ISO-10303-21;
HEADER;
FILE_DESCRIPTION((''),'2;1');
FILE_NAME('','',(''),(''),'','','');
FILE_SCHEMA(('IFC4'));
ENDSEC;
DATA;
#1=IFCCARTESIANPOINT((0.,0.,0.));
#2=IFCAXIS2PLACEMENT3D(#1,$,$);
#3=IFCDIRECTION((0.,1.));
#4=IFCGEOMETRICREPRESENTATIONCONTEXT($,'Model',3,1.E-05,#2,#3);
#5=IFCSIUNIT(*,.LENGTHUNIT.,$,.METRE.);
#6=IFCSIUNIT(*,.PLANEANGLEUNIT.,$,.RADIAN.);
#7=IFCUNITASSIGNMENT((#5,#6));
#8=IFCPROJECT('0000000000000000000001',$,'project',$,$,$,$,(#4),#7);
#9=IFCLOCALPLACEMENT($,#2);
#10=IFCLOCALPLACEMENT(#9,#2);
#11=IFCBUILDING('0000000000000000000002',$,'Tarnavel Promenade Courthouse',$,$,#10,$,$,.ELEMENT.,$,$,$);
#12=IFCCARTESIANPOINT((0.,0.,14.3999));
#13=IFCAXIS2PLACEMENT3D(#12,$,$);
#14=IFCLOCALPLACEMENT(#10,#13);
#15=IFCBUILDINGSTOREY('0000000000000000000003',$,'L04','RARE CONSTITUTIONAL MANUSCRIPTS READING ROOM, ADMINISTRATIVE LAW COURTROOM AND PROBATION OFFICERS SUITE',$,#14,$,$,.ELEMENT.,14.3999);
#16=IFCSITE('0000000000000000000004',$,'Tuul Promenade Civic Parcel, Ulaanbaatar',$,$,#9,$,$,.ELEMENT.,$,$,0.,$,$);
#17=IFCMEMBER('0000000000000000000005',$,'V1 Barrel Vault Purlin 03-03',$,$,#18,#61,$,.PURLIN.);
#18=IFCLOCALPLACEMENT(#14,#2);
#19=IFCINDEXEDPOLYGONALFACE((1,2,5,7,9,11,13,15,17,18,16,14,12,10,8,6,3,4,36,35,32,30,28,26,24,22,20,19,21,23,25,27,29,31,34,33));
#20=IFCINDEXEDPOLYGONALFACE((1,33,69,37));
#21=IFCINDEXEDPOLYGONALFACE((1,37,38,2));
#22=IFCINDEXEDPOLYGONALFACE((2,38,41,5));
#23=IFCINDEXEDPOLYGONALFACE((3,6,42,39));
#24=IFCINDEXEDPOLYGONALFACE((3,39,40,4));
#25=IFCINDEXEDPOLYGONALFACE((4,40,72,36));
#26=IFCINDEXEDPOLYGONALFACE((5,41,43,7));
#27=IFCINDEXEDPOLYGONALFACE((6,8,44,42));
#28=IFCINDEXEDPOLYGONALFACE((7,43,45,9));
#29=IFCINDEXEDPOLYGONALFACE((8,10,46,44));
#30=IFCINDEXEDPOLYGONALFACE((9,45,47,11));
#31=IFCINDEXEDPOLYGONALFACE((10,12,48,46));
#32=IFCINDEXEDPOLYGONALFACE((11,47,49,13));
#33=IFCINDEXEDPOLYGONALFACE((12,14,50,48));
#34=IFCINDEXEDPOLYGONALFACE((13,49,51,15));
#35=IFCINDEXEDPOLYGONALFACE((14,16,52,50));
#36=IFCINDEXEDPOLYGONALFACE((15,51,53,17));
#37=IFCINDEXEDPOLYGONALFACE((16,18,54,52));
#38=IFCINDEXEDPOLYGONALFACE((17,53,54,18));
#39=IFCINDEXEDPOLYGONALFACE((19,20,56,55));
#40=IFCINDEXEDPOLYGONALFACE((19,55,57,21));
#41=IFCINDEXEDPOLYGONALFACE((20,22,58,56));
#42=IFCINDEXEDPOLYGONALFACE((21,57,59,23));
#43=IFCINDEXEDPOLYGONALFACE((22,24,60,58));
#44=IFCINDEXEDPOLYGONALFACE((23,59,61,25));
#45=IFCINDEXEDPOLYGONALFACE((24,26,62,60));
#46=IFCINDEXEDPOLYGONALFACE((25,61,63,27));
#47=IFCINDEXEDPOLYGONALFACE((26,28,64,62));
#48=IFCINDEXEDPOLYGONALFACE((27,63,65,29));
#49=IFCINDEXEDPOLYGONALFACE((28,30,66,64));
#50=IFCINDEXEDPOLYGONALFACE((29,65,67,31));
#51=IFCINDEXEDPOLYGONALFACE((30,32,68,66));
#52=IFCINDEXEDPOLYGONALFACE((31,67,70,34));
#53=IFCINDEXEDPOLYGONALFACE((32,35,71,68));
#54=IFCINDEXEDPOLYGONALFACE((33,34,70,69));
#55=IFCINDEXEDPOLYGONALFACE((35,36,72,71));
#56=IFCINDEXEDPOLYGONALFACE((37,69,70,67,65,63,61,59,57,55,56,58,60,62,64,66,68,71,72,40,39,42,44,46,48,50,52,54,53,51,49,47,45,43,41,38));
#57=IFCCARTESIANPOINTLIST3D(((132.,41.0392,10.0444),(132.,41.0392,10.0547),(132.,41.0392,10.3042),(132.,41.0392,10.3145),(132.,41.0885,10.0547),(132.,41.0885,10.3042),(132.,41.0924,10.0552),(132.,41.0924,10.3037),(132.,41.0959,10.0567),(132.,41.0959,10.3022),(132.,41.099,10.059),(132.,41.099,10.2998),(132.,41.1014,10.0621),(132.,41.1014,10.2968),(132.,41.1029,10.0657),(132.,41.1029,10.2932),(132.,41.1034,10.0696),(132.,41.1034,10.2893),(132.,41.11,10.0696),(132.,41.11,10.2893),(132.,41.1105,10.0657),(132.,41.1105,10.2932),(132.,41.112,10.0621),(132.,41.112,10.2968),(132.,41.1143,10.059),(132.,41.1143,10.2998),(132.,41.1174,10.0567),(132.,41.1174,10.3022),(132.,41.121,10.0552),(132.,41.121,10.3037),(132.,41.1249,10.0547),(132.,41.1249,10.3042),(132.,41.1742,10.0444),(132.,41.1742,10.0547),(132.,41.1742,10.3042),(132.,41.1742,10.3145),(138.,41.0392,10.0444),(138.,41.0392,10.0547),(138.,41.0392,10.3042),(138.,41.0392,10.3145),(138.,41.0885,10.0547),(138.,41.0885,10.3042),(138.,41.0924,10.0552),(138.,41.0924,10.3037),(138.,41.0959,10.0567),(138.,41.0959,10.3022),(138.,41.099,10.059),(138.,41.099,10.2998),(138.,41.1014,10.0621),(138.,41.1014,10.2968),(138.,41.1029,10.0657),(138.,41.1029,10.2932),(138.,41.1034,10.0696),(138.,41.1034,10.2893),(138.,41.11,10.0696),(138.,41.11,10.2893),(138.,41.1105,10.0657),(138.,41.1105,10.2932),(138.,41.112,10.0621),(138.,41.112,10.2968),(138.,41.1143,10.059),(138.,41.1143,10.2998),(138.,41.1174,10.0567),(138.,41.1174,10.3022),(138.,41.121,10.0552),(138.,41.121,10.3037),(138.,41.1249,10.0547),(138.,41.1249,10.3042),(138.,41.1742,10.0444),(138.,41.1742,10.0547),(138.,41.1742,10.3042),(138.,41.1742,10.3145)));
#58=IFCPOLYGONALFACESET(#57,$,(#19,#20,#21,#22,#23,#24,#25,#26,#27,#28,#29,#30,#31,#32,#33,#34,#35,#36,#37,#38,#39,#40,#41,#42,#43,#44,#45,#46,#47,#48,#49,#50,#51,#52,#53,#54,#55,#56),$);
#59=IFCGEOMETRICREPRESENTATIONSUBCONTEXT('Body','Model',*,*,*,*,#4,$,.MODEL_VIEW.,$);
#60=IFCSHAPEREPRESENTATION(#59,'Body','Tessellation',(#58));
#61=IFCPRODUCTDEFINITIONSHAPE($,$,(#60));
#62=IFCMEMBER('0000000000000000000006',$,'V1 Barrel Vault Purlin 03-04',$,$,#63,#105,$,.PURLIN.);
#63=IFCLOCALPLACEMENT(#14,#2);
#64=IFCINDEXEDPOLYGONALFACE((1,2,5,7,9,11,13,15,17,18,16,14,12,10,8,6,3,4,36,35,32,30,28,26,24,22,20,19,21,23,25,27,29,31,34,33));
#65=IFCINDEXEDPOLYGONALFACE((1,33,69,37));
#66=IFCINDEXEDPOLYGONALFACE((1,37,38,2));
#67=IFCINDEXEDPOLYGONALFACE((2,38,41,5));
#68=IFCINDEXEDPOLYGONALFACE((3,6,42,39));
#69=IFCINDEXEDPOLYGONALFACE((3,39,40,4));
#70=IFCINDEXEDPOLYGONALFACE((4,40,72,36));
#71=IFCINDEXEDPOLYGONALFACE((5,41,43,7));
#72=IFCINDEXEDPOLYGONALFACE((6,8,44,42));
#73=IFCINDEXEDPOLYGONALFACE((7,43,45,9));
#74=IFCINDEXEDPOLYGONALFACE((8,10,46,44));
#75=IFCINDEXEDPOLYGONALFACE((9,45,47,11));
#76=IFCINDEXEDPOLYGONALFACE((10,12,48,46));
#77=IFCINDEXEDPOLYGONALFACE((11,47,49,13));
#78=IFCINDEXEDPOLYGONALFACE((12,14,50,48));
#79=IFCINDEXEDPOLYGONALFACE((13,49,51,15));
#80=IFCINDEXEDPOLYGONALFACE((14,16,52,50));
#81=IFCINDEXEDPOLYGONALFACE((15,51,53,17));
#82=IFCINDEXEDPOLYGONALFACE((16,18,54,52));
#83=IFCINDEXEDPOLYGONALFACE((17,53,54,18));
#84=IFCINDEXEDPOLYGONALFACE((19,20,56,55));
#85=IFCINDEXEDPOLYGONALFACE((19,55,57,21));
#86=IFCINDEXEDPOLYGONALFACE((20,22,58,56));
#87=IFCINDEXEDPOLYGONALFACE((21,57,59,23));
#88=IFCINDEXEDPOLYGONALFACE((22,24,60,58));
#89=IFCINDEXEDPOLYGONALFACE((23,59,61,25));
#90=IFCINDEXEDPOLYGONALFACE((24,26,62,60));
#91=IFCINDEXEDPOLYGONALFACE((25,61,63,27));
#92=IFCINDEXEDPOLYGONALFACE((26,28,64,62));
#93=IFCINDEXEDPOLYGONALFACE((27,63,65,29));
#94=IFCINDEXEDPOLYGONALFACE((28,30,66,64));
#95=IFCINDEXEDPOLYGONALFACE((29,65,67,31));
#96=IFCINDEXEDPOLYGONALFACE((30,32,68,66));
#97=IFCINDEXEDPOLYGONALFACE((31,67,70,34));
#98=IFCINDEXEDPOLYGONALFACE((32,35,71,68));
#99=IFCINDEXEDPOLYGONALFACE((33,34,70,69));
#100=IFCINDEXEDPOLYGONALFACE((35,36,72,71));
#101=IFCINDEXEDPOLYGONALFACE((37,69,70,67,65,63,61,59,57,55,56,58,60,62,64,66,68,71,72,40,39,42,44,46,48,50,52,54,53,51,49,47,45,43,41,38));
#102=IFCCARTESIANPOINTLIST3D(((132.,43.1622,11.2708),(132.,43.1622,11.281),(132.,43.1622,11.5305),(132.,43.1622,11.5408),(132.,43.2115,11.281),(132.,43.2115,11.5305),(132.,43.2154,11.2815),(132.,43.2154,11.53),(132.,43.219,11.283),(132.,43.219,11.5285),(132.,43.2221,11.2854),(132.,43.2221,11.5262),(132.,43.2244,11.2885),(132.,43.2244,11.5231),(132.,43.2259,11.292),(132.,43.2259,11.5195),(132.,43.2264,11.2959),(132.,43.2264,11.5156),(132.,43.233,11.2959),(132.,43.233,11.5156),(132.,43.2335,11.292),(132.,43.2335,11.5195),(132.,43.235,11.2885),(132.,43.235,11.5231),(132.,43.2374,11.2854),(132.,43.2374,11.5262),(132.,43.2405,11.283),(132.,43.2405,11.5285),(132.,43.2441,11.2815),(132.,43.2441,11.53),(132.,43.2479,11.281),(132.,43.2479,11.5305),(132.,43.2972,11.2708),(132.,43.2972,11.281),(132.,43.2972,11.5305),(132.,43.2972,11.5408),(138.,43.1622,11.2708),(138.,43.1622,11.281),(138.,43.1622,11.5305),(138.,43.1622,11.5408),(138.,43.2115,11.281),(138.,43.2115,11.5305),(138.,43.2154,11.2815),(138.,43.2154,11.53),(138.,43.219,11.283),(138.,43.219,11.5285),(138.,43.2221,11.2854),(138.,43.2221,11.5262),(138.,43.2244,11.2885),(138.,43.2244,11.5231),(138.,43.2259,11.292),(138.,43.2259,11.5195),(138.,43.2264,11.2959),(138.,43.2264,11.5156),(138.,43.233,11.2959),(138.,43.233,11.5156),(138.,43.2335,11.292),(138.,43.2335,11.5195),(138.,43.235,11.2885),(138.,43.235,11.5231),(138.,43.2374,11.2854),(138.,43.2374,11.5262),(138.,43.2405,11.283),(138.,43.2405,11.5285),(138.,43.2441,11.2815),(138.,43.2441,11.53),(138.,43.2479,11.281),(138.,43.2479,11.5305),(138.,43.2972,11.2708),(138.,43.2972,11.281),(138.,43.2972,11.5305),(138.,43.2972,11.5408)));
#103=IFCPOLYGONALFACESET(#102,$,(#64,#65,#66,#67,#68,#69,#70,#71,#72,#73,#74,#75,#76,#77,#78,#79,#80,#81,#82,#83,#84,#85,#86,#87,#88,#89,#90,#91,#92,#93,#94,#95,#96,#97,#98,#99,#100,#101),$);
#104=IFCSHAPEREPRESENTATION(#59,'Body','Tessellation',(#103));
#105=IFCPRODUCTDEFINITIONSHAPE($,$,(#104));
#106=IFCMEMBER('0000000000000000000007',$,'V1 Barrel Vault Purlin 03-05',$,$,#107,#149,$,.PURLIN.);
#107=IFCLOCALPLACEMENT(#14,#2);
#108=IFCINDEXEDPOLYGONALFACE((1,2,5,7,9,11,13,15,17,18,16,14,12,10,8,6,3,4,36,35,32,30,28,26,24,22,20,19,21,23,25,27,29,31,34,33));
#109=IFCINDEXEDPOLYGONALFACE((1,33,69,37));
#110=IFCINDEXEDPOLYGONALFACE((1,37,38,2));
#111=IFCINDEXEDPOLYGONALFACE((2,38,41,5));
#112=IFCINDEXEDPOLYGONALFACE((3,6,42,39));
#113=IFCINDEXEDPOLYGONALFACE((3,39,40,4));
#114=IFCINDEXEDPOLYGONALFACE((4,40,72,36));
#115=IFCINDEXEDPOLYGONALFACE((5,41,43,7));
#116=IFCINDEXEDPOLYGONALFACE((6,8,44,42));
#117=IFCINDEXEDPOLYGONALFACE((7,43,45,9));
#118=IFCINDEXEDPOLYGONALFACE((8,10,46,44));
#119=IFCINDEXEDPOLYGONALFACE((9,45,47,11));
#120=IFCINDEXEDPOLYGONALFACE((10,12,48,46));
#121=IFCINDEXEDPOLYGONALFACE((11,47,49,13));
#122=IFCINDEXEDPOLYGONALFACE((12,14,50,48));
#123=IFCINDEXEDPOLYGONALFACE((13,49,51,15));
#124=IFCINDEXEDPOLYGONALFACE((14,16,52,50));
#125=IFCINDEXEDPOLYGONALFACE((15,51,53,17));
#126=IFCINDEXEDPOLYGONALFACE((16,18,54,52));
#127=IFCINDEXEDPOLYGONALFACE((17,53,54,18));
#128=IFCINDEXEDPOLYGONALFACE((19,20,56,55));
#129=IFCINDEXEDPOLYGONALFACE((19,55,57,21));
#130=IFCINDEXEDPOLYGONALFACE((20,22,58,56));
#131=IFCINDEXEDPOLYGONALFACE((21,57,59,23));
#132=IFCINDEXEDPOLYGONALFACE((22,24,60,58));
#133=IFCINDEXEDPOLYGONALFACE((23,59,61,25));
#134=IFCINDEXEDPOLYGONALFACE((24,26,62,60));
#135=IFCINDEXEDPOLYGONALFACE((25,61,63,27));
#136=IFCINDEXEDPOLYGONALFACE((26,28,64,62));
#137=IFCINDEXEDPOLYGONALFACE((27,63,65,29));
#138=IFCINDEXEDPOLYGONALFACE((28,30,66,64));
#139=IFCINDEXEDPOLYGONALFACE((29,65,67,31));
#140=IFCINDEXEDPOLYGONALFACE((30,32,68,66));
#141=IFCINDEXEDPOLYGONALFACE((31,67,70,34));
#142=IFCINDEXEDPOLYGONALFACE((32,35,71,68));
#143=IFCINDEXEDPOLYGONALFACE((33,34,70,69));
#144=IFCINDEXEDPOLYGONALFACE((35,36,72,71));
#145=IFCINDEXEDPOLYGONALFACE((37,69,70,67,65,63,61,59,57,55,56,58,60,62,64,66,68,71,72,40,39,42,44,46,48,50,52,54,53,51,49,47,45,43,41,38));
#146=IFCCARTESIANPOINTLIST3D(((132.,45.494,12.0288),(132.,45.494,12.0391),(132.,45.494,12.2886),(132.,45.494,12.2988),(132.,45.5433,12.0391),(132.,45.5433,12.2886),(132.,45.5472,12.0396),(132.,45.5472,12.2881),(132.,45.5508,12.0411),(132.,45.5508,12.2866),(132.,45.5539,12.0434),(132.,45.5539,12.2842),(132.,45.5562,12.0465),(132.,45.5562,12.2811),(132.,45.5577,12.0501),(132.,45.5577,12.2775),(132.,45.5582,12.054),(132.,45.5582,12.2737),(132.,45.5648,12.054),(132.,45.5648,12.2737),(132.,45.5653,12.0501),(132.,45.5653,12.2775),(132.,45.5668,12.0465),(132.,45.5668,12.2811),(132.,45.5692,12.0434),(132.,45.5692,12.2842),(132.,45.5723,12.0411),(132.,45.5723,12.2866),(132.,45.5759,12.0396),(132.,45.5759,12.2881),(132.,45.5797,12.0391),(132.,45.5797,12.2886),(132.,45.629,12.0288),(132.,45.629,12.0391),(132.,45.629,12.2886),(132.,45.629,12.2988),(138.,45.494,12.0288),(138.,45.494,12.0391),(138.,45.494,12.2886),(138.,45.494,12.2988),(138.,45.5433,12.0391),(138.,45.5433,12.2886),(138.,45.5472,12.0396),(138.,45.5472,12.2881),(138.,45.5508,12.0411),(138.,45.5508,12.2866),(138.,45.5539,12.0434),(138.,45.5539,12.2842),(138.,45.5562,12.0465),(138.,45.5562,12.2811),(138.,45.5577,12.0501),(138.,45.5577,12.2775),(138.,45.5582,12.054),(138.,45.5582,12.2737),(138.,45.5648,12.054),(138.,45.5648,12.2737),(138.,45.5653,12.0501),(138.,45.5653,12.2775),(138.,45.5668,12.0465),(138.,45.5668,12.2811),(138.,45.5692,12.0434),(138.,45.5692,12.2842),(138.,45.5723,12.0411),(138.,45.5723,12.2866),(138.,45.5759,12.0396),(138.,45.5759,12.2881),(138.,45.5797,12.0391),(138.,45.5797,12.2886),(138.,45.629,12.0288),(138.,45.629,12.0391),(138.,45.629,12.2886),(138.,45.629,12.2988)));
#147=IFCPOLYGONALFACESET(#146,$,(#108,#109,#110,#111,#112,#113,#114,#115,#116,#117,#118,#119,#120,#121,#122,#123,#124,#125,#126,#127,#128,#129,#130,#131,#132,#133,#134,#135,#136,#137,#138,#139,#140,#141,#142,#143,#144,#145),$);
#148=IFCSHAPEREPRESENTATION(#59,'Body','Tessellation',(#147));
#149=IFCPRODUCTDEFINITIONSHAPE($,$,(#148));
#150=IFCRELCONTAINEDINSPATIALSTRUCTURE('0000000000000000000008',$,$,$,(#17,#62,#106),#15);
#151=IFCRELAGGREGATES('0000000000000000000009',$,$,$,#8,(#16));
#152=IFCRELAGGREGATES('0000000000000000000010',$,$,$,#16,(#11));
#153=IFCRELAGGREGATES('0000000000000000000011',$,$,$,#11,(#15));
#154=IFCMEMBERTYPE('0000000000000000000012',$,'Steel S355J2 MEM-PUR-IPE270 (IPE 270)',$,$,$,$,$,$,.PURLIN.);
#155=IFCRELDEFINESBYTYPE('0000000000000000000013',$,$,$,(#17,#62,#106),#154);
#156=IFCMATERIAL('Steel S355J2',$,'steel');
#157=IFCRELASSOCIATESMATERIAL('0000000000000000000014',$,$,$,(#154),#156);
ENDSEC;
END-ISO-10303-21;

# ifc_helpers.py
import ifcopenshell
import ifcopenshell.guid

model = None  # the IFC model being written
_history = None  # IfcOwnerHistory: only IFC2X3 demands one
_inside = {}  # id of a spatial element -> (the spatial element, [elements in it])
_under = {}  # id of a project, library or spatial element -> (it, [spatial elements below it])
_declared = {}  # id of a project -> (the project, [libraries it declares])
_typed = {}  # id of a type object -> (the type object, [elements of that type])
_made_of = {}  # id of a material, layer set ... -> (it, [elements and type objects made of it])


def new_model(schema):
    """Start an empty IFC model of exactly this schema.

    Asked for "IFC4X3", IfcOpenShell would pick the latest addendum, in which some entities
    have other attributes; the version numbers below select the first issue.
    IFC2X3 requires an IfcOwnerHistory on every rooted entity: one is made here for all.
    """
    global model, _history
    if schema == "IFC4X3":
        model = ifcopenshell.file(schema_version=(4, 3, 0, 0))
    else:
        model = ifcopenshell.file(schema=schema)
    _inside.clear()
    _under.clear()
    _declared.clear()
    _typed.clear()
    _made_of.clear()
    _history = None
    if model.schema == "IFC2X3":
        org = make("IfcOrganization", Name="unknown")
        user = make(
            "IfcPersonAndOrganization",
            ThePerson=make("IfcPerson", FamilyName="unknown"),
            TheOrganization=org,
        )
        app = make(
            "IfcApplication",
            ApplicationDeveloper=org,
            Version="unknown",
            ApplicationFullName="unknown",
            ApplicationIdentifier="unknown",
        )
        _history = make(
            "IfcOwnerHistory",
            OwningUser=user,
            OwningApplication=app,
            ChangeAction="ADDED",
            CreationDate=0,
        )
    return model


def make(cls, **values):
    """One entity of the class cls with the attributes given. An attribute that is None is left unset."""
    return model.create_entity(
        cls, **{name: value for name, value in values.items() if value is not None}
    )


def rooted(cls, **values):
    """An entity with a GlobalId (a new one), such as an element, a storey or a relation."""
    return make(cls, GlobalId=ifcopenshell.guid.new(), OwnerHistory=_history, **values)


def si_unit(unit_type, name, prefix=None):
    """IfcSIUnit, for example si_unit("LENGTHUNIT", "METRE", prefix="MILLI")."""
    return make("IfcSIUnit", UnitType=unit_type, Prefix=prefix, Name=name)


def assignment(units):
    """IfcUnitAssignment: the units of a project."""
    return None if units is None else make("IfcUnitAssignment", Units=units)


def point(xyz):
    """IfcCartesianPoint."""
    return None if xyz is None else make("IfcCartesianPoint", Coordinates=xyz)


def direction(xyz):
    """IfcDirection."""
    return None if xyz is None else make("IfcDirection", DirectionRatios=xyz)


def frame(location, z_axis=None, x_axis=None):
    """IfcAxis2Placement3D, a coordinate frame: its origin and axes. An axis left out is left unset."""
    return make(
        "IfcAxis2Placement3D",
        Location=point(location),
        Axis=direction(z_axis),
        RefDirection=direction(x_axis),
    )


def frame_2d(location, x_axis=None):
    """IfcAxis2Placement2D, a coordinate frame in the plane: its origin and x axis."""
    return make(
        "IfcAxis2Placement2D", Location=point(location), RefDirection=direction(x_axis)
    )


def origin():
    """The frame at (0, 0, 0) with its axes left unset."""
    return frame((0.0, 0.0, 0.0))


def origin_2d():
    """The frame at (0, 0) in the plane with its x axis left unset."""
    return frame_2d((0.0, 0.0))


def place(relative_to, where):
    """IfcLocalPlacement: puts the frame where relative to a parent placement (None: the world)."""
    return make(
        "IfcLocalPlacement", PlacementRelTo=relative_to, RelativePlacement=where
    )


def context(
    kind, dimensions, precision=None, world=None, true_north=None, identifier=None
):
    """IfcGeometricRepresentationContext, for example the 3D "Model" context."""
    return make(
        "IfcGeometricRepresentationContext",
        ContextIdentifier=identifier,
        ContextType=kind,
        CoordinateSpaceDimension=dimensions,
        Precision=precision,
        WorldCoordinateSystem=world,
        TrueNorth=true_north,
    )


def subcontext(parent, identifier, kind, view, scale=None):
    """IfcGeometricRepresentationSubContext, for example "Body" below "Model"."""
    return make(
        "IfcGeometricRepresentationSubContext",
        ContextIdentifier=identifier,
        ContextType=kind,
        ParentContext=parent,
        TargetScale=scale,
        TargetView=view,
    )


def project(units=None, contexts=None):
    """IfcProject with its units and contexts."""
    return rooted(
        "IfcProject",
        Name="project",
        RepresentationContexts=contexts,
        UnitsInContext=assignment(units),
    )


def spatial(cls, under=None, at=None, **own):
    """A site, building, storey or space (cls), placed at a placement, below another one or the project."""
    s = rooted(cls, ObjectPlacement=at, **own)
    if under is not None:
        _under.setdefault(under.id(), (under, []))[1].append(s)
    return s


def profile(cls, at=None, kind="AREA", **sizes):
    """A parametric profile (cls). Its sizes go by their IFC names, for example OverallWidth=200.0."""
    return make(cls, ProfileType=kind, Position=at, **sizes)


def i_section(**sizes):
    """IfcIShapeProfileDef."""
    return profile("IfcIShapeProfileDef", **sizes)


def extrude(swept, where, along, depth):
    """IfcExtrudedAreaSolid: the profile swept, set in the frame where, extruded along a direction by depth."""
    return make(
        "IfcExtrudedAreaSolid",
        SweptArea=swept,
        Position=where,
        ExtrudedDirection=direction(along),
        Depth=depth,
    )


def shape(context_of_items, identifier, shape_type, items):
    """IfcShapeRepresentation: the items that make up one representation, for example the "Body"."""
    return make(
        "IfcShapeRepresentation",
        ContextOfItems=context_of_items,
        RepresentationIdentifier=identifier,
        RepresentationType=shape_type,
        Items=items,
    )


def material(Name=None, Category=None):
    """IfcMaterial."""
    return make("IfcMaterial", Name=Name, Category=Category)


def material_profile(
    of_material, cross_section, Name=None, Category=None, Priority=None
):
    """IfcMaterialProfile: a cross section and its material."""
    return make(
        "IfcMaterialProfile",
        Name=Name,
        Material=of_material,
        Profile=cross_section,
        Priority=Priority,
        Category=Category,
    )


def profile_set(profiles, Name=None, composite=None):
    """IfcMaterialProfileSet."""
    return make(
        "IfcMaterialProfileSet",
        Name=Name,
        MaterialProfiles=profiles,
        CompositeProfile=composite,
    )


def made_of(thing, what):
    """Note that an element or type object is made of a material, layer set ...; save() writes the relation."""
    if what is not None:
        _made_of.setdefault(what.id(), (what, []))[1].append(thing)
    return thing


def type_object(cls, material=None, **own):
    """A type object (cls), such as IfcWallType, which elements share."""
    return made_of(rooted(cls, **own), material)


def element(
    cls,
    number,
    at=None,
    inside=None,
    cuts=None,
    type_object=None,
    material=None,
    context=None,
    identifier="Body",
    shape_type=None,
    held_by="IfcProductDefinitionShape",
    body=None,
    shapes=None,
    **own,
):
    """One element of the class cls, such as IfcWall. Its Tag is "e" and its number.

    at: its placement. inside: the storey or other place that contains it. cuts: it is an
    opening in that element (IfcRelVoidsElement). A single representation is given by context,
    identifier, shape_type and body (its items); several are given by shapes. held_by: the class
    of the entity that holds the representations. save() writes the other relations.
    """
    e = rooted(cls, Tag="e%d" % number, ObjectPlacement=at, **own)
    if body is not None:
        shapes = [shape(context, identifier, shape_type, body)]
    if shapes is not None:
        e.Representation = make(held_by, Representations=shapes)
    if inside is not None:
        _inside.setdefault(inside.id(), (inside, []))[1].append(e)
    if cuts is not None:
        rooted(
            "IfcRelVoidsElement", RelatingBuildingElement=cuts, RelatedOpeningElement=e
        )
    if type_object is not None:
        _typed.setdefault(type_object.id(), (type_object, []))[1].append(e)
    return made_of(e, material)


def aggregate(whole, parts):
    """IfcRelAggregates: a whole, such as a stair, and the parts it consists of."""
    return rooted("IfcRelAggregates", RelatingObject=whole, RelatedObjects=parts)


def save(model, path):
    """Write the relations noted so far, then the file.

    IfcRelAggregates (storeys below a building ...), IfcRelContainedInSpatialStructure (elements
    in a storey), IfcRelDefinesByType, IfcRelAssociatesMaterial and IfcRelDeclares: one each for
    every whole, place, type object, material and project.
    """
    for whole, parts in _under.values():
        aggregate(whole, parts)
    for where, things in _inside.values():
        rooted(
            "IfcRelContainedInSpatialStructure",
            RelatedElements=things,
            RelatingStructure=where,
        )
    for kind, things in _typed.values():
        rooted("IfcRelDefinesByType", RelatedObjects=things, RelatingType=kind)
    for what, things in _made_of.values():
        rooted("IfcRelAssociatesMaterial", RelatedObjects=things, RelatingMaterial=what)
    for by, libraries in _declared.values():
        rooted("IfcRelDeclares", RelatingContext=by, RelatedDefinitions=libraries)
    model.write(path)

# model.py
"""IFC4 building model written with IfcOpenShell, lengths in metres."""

from ifc_helpers import new_model, si_unit, direction, frame, origin, origin_2d, place, context, subcontext, project, spatial, i_section, extrude, material, material_profile, profile_set, type_object, element, save


model = new_model("IFC4")

# Units and contexts
model_context = context("Model", 3, precision=1e-05, world=origin(), true_north=direction((0.0, 1.0)))
body_context = subcontext(model_context, "Body", "Model", "MODEL_VIEW")
ifc_project = project(units=[si_unit("LENGTHUNIT", "METRE"), si_unit("PLANEANGLEUNIT", "RADIAN")], contexts=[model_context])

# Site, building, storey
site_placement = place(None, origin())
site = spatial("IfcSite", under=ifc_project, at=site_placement, Name="Tuul Promenade Civic Parcel, Ulaanbaatar", CompositionType="ELEMENT", RefElevation=0.0)
building_placement = place(site_placement, origin())
building = spatial("IfcBuilding", under=site, at=building_placement, Name="Tarnavel Promenade Courthouse", CompositionType="ELEMENT")
storey_placement = place(building_placement, frame((0.0, 0.0, 14.3999)))
storey = spatial("IfcBuildingStorey", under=building, at=storey_placement, Name="L04", Description="RARE CONSTITUTIONAL MANUSCRIPTS READING ROOM, ADMINISTRATIVE LAW COURTROOM AND PROBATION OFFICERS SUITE", CompositionType="ELEMENT", Elevation=14.3999)

# Shared definitions
ifc_material_1 = material(Name="Steel S355J2", Category="steel")

# Members
ifc_material_profile_1 = material_profile(ifc_material_1, i_section(OverallWidth=0.135, OverallDepth=0.27, WebThickness=0.0066, FlangeThickness=0.0103, FilletRadius=0.0149, at=origin_2d()), Name="IPE 270")
ifc_profile_set_1 = profile_set([ifc_material_profile_1], Name="Steel S355J2")
member_type_1 = type_object("IfcMemberType", Name="Steel S355J2 MEM-PUR-IPE270 (IPE 270)", PredefinedType="PURLIN", material=ifc_profile_set_1)
for number, where, z_axis, x_axis, name in (
    (1, (132.0, 41.1067, 10.1794), (1.0, 0.0, 0.0), (0.0, 1.0, 0.0), "V1 Barrel Vault Purlin 03-03"),
    (2, (132.0, 43.2297, 11.4058), (1.0, 0.0, 0.0), (0.0, 1.0, 0.0), "V1 Barrel Vault Purlin 03-04"),
    (3, (132.0, 45.5615, 12.1638), (1.0, 0.0, 0.0), (0.0, 1.0, 0.0), "V1 Barrel Vault Purlin 03-05"),
):
    element("IfcMember", number, at=place(storey_placement, frame(where, z_axis=z_axis, x_axis=x_axis)), inside=storey, type_object=member_type_1, Name=name, PredefinedType="PURLIN", context=body_context, shape_type="SweptSolid", body=[
        extrude(i_section(OverallWidth=0.135, OverallDepth=0.27, WebThickness=0.0066, FlangeThickness=0.0103, FilletRadius=0.0149, at=origin_2d()), origin(), (0.0, 0.0, 1.0), 6.0),
    ])

save(model, "model.ifc")
